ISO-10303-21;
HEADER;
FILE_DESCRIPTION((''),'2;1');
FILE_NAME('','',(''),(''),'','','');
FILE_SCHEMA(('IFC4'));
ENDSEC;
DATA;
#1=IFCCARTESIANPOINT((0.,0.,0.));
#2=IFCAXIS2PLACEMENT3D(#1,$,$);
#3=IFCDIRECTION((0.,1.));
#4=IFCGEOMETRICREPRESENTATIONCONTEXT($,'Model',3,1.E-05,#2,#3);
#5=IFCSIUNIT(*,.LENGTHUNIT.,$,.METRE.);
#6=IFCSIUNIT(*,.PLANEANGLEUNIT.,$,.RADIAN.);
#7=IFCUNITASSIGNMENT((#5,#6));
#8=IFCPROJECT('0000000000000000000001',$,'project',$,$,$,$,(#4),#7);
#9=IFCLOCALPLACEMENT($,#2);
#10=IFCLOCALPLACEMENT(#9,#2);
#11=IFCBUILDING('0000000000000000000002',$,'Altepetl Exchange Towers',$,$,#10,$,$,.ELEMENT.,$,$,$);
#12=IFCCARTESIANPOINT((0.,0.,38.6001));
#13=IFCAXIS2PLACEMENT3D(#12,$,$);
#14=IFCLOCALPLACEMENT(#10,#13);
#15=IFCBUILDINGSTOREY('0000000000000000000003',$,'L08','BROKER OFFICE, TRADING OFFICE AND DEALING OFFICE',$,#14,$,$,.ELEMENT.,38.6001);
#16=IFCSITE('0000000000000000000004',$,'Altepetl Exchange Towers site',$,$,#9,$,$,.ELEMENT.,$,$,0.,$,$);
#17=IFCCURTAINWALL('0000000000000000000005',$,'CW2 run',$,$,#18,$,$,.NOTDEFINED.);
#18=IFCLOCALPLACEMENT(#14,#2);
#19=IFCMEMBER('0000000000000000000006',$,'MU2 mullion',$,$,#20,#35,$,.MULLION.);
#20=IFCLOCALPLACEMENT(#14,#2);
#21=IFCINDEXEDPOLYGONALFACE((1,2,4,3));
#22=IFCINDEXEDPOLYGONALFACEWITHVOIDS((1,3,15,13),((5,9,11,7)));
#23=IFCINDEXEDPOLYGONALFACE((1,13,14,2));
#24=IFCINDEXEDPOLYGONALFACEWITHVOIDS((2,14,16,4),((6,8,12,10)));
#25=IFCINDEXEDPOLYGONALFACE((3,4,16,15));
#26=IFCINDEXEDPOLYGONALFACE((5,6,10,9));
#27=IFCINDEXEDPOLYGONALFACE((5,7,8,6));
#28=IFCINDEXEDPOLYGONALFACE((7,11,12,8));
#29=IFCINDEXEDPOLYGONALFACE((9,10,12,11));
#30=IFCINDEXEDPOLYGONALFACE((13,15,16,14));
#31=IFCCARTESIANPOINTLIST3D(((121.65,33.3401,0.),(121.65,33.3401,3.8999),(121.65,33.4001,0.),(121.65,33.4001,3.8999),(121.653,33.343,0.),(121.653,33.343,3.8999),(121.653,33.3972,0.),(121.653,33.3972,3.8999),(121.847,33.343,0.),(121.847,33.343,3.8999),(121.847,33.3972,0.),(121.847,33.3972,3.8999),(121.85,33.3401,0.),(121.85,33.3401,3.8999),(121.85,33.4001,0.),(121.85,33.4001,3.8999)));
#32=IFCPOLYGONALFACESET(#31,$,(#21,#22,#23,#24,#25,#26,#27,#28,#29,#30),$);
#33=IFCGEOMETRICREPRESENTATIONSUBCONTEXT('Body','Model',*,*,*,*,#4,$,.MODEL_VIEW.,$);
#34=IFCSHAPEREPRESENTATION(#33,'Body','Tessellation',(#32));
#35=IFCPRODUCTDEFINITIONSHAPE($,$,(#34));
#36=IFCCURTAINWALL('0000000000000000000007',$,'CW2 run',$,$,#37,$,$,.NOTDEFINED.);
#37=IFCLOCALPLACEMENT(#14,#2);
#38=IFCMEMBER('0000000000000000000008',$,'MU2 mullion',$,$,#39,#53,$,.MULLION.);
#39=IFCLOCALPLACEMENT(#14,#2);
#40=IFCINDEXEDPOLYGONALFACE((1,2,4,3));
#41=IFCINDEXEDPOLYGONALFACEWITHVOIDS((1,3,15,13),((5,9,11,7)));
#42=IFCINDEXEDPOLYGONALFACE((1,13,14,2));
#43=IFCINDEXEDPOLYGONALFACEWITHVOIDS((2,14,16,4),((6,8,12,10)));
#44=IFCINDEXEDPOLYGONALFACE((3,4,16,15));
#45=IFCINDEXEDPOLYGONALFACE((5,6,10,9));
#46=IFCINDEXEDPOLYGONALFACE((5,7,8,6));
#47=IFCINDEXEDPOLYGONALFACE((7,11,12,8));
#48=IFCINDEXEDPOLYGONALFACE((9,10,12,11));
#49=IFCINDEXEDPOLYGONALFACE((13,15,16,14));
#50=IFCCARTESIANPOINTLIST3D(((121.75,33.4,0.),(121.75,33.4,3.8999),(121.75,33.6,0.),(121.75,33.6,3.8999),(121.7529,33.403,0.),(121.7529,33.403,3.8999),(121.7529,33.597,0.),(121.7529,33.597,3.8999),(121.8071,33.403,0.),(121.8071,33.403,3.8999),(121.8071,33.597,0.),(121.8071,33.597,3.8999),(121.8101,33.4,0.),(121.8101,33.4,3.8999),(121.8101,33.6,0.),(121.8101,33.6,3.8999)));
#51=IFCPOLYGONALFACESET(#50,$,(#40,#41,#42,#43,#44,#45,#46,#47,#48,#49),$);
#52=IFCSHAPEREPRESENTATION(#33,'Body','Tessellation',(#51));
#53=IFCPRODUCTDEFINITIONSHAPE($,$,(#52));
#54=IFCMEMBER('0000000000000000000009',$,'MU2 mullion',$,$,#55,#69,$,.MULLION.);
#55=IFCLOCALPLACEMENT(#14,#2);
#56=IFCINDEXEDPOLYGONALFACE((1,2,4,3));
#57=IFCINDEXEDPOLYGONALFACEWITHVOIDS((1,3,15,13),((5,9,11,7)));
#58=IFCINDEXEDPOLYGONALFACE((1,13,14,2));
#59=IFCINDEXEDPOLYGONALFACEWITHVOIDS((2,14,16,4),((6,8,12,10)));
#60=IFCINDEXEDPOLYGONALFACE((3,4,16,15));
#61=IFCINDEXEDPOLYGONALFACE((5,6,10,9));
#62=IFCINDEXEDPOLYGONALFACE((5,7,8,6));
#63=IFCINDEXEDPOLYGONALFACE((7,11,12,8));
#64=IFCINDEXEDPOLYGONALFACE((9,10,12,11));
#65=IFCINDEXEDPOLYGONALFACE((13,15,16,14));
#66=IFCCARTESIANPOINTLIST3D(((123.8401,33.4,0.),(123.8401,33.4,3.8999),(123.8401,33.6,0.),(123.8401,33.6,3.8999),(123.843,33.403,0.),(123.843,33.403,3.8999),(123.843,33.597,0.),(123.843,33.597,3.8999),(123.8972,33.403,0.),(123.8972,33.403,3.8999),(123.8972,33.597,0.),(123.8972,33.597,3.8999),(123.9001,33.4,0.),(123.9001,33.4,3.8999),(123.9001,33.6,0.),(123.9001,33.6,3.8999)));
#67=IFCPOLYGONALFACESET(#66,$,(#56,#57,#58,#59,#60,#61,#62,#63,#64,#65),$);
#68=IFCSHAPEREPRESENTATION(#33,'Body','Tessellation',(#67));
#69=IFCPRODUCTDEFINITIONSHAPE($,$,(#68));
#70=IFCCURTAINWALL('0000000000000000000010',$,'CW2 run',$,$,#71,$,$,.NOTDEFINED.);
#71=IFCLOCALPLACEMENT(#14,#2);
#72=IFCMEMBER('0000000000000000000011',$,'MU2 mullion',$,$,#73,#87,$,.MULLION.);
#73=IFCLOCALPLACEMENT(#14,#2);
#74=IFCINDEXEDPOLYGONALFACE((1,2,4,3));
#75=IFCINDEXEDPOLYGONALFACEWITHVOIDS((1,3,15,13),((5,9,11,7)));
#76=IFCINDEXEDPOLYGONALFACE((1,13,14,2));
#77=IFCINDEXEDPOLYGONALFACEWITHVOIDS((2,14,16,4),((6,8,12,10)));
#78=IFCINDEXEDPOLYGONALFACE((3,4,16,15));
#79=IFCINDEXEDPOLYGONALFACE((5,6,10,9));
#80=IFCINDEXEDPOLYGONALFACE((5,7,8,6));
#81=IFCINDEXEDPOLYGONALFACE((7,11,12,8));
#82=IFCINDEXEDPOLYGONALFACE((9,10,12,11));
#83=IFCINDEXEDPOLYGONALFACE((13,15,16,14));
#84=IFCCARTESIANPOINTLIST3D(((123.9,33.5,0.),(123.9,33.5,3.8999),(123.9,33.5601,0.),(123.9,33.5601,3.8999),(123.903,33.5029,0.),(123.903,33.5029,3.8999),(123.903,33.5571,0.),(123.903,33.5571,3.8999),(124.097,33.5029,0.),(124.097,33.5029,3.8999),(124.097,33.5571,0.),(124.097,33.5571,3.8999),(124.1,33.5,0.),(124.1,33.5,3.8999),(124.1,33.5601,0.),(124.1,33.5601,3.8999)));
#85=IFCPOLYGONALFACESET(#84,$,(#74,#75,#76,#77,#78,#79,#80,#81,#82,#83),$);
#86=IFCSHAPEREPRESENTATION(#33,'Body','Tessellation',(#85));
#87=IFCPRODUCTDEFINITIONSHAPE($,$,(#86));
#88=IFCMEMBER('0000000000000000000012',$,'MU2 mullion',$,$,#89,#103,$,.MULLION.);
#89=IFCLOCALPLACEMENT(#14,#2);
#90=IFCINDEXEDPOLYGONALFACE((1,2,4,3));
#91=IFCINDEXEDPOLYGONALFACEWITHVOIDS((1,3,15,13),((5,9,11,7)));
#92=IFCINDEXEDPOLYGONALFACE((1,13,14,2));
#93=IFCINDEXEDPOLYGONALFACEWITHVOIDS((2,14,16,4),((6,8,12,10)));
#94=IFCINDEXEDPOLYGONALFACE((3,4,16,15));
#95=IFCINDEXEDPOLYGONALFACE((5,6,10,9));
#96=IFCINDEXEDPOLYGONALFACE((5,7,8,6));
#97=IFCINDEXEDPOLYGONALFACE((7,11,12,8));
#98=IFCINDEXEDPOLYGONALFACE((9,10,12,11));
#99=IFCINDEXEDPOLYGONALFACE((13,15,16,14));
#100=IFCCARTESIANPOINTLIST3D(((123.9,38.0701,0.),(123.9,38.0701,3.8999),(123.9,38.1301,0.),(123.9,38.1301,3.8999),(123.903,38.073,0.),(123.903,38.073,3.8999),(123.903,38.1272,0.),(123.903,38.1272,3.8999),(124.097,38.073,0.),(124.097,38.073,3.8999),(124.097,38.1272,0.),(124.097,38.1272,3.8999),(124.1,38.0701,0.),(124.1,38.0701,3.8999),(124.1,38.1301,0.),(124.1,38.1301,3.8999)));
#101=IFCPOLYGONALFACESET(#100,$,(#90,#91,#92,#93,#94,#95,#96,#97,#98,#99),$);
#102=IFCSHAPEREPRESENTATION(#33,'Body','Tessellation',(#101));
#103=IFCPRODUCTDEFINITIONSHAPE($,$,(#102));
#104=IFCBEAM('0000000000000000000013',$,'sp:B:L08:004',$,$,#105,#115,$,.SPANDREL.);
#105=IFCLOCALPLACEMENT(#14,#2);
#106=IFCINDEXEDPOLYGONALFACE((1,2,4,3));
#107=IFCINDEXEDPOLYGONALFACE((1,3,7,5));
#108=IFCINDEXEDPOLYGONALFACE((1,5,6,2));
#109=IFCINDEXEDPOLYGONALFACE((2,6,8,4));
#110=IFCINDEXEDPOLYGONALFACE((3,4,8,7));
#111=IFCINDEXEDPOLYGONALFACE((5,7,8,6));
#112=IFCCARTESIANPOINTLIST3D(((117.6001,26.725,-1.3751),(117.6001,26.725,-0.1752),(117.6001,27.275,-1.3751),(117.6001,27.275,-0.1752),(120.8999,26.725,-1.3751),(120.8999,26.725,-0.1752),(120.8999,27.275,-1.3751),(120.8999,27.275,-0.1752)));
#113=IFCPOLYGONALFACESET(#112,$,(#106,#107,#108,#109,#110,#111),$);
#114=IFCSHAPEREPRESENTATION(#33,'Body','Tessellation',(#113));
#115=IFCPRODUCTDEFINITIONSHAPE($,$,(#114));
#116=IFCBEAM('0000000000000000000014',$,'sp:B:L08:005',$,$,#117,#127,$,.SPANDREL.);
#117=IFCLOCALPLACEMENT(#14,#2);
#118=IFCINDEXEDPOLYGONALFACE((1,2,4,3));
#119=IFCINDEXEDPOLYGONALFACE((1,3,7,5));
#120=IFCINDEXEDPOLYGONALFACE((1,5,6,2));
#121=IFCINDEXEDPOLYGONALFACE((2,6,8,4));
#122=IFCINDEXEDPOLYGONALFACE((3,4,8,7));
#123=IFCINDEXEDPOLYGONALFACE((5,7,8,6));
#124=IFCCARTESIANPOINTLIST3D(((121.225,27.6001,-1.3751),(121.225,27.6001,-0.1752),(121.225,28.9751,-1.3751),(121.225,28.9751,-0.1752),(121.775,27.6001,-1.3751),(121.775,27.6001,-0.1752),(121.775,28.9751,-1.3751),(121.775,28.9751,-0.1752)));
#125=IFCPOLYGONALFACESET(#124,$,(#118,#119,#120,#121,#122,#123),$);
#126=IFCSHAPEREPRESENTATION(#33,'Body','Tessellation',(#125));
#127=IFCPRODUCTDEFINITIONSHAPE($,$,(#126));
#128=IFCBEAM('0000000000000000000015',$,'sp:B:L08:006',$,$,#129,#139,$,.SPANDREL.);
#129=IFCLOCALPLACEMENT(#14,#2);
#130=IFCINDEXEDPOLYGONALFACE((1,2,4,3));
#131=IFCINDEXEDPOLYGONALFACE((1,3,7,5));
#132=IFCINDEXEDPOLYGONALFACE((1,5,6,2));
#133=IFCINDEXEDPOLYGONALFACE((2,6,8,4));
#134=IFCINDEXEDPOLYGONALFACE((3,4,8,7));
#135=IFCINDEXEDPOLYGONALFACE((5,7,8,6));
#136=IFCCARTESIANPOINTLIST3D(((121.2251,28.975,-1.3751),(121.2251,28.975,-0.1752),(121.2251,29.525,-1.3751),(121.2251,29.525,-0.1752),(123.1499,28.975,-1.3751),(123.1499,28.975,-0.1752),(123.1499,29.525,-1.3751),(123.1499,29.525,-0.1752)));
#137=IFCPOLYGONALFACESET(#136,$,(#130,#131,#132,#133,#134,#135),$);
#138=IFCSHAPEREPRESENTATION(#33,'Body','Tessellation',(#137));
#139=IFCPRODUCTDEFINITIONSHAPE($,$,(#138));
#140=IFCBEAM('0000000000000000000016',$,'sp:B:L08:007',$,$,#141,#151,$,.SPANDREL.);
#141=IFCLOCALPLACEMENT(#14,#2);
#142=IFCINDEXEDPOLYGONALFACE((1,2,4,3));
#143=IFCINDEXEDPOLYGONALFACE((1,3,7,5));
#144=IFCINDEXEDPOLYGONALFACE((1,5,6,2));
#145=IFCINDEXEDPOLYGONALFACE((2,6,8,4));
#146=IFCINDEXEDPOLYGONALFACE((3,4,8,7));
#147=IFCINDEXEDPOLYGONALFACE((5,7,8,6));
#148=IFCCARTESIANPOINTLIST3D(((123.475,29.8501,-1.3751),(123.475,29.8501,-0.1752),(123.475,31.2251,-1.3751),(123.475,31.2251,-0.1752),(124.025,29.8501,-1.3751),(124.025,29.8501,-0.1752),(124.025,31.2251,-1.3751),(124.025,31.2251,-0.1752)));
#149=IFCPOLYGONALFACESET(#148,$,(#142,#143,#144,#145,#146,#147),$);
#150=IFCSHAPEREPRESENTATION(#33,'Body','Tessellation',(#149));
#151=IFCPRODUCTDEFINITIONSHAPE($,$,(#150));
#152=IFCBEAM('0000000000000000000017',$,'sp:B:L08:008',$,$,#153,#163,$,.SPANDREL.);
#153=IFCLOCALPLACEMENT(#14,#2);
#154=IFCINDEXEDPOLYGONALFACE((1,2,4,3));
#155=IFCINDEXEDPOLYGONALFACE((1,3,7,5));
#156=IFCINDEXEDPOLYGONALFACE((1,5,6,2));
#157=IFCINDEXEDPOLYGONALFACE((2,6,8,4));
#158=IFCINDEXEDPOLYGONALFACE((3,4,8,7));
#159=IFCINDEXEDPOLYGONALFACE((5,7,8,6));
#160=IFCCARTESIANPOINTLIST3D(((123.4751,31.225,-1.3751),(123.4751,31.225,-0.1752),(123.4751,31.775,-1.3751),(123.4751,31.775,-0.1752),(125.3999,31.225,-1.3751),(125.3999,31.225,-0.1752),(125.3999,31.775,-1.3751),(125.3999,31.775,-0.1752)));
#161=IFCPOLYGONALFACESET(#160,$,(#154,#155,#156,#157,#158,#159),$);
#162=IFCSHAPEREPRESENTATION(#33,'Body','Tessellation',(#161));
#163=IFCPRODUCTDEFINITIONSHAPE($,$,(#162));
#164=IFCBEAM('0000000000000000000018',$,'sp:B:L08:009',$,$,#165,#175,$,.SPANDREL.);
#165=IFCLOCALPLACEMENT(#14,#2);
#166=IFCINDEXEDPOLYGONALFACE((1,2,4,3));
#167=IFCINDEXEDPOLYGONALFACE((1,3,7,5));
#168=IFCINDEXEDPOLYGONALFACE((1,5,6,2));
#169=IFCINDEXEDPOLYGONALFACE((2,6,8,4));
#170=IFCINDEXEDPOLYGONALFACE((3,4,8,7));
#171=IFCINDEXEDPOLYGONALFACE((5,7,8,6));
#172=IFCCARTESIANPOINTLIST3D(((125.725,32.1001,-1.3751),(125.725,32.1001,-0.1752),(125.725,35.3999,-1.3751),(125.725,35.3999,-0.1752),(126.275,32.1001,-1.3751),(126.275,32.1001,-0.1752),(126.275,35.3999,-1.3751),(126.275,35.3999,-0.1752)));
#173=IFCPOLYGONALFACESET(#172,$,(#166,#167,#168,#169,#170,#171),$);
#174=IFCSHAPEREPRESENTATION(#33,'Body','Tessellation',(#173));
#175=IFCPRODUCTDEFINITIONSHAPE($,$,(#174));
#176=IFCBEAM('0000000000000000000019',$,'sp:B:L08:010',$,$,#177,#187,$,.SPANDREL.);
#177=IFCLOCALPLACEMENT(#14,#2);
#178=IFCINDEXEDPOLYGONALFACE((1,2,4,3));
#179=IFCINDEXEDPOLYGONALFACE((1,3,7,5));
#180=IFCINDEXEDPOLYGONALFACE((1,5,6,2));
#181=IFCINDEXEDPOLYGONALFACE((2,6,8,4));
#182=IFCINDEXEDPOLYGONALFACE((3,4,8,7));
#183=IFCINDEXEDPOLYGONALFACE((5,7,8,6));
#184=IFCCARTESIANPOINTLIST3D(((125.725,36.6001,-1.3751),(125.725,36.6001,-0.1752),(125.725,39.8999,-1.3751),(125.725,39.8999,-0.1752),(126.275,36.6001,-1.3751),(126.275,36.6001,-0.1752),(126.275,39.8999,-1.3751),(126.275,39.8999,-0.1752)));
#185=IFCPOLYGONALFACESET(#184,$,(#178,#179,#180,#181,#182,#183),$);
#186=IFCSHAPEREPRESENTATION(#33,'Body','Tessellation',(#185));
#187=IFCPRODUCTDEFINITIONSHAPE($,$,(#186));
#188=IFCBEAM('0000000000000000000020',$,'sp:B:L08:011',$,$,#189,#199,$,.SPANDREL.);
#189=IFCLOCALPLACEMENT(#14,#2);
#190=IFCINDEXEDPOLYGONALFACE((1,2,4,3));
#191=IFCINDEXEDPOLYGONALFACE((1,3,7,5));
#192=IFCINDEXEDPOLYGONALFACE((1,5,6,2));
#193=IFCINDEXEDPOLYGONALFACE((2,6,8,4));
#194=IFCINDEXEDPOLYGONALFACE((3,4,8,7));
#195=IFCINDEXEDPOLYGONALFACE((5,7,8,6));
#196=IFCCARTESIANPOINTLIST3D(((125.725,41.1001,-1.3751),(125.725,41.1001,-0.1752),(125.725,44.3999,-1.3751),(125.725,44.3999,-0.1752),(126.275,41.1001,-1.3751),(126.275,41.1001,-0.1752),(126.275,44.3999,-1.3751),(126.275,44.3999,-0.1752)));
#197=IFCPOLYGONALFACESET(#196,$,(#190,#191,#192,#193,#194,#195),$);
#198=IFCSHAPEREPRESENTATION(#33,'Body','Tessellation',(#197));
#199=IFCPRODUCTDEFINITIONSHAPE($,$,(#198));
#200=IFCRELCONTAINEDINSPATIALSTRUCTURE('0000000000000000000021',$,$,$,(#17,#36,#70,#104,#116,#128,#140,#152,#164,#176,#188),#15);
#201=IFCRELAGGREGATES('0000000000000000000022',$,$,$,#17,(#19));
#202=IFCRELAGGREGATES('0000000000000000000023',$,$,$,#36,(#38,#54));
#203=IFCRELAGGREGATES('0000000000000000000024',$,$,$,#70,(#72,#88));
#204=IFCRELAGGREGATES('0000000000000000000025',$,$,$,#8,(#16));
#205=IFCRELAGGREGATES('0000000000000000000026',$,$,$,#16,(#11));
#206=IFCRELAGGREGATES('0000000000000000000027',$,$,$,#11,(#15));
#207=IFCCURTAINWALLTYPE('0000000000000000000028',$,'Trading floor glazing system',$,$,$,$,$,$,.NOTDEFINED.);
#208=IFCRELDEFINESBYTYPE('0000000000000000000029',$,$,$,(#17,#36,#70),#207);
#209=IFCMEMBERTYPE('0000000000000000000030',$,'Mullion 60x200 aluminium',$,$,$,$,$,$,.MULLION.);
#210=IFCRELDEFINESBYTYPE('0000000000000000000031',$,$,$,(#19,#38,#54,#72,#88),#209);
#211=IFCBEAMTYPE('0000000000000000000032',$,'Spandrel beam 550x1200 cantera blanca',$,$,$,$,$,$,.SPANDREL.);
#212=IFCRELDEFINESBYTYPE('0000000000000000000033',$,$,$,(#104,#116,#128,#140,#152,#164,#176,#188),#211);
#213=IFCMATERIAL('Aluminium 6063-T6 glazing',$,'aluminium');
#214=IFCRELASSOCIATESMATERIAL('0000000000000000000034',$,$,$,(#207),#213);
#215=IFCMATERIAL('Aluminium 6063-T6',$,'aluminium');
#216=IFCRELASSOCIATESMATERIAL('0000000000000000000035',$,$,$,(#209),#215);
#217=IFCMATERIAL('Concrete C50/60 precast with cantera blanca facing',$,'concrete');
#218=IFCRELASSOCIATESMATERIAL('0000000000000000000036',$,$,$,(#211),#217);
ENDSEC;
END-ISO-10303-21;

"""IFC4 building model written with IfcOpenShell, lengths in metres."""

from ifc_helpers import new_model, si_unit, direction, frame, origin, origin_2d, place, context, subcontext, project, spatial, rectangle, hollow_rectangle, extrude, material, material_profile, profile_set, type_object, element, aggregate, save


model = new_model("IFC4")

# Units and contexts
model_context = context("Model", 3, precision=1e-05, world=origin(), true_north=direction((0.0, 1.0)))
body_context = subcontext(model_context, "Body", "Model", "MODEL_VIEW")
ifc_project = project(units=[si_unit("LENGTHUNIT", "METRE"), si_unit("PLANEANGLEUNIT", "RADIAN")], contexts=[model_context])

# Site, building, storey
site_placement = place(None, origin())
site = spatial("IfcSite", under=ifc_project, at=site_placement, Name="Altepetl Exchange Towers site", CompositionType="ELEMENT", RefElevation=0.0)
building_placement = place(site_placement, origin())
building = spatial("IfcBuilding", under=site, at=building_placement, Name="Altepetl Exchange Towers", CompositionType="ELEMENT")
storey_placement = place(building_placement, frame((0.0, 0.0, 38.6001)))
storey = spatial("IfcBuildingStorey", under=building, at=storey_placement, Name="L08", Description="BROKER OFFICE, TRADING OFFICE AND DEALING OFFICE", CompositionType="ELEMENT", Elevation=38.6001)

# Shared definitions
ifc_material_1 = material(Name="Aluminium 6063-T6 glazing", Category="aluminium")
curtain_wall_type = type_object("IfcCurtainWallType", Name="Trading floor glazing system", PredefinedType="NOTDEFINED", material=ifc_material_1)
ifc_material_2 = material(Name="Aluminium 6063-T6", Category="aluminium")
ifc_material_profile_1 = material_profile(ifc_material_2, hollow_rectangle(XDim=0.0601, YDim=0.2, WallThickness=0.0029, at=origin_2d()), Name="Mullion 60x200 aluminium")
ifc_profile_set_1 = profile_set([ifc_material_profile_1], Name="Aluminium 6063-T6")
member_type = type_object("IfcMemberType", Name="Mullion 60x200 aluminium", PredefinedType="MULLION", material=ifc_profile_set_1)

# Curtain walls, members
curtain_wall_1_placement = place(storey_placement, origin())
curtain_wall_1 = element("IfcCurtainWall", 1, at=curtain_wall_1_placement, inside=storey, type_object=curtain_wall_type, Name="CW2 run", PredefinedType="NOTDEFINED")
member_1_placement = place(storey_placement, frame((121.75, 33.3701, 0.0), z_axis=(0.0, 0.0, 1.0), x_axis=(0.0, 1.0, 0.0)))
member_1 = element("IfcMember", 2, at=member_1_placement, type_object=member_type, Name="MU2 mullion", PredefinedType="MULLION", context=body_context, shape_type="SweptSolid", body=[
    extrude(hollow_rectangle(XDim=0.0601, YDim=0.2, WallThickness=0.0029, at=origin_2d()), origin(), (0.0, 0.0, 1.0), 3.8999),
])
curtain_wall_2_placement = place(storey_placement, origin())
curtain_wall_2 = element("IfcCurtainWall", 3, at=curtain_wall_2_placement, inside=storey, type_object=curtain_wall_type, Name="CW2 run", PredefinedType="NOTDEFINED")
member_2_placement = place(storey_placement, frame((121.78, 33.5, 0.0)))
member_2 = element("IfcMember", 4, at=member_2_placement, type_object=member_type, Name="MU2 mullion", PredefinedType="MULLION", context=body_context, shape_type="SweptSolid", body=[
    extrude(hollow_rectangle(XDim=0.0601, YDim=0.2, WallThickness=0.0029, at=origin_2d()), origin(), (0.0, 0.0, 1.0), 3.8999),
])
member_3_placement = place(storey_placement, frame((123.8701, 33.5, 0.0)))
member_3 = element("IfcMember", 5, at=member_3_placement, type_object=member_type, Name="MU2 mullion", PredefinedType="MULLION", context=body_context, shape_type="SweptSolid", body=[
    extrude(hollow_rectangle(XDim=0.0601, YDim=0.2, WallThickness=0.0029, at=origin_2d()), origin(), (0.0, 0.0, 1.0), 3.8999),
])
curtain_wall_3_placement = place(storey_placement, origin())
curtain_wall_3 = element("IfcCurtainWall", 6, at=curtain_wall_3_placement, inside=storey, type_object=curtain_wall_type, Name="CW2 run", PredefinedType="NOTDEFINED")
member_4_placement = place(storey_placement, frame((124.0, 33.53, 0.0), z_axis=(0.0, 0.0, 1.0), x_axis=(0.0, 1.0, 0.0)))
member_4 = element("IfcMember", 7, at=member_4_placement, type_object=member_type, Name="MU2 mullion", PredefinedType="MULLION", context=body_context, shape_type="SweptSolid", body=[
    extrude(hollow_rectangle(XDim=0.0601, YDim=0.2, WallThickness=0.0029, at=origin_2d()), origin(), (0.0, 0.0, 1.0), 3.8999),
])
member_5_placement = place(storey_placement, frame((124.0, 38.1001, 0.0), z_axis=(0.0, 0.0, 1.0), x_axis=(0.0, 1.0, 0.0)))
member_5 = element("IfcMember", 8, at=member_5_placement, type_object=member_type, Name="MU2 mullion", PredefinedType="MULLION", context=body_context, shape_type="SweptSolid", body=[
    extrude(hollow_rectangle(XDim=0.0601, YDim=0.2, WallThickness=0.0029, at=origin_2d()), origin(), (0.0, 0.0, 1.0), 3.8999),
])

# Beams
ifc_material_3 = material(Name="Concrete C50/60 precast with cantera blanca facing", Category="concrete")
ifc_material_profile_2 = material_profile(ifc_material_3, rectangle(XDim=0.55, YDim=1.2, at=origin_2d()), Name="550 x 1200")
ifc_profile_set_2 = profile_set([ifc_material_profile_2], Name="Concrete C50/60 precast with cantera blanca facing")
beam_type_1 = type_object("IfcBeamType", Name="Spandrel beam 550x1200 cantera blanca", PredefinedType="SPANDREL", material=ifc_profile_set_2)
beam_1_placement = place(storey_placement, frame((117.6001, 27.0, -0.7751), z_axis=(1.0, 0.0, 0.0), x_axis=(0.0, 1.0, 0.0)))
element("IfcBeam", 9, at=beam_1_placement, inside=storey, type_object=beam_type_1, Name="sp:B:L08:004", PredefinedType="SPANDREL", context=body_context, shape_type="SweptSolid", body=[
    extrude(rectangle(XDim=0.55, YDim=1.2, at=origin_2d()), origin(), (0.0, 0.0, 1.0), 3.2998),
])
beam_2_placement = place(storey_placement, frame((121.5, 27.6001, -0.7751), z_axis=(0.0, 1.0, 0.0), x_axis=(-1.0, 0.0, 0.0)))
element("IfcBeam", 10, at=beam_2_placement, inside=storey, type_object=beam_type_1, Name="sp:B:L08:005", PredefinedType="SPANDREL", context=body_context, shape_type="SweptSolid", body=[
    extrude(rectangle(XDim=0.55, YDim=1.2, at=origin_2d()), origin(), (0.0, 0.0, 1.0), 1.375),
])
beam_3_placement = place(storey_placement, frame((121.2251, 29.25, -0.7751), z_axis=(1.0, 0.0, 0.0), x_axis=(0.0, 1.0, 0.0)))
element("IfcBeam", 11, at=beam_3_placement, inside=storey, type_object=beam_type_1, Name="sp:B:L08:006", PredefinedType="SPANDREL", context=body_context, shape_type="SweptSolid", body=[
    extrude(rectangle(XDim=0.55, YDim=1.2, at=origin_2d()), origin(), (0.0, 0.0, 1.0), 1.9248),
])
beam_4_placement = place(storey_placement, frame((123.75, 29.8501, -0.7751), z_axis=(0.0, 1.0, 0.0), x_axis=(-1.0, 0.0, 0.0)))
element("IfcBeam", 12, at=beam_4_placement, inside=storey, type_object=beam_type_1, Name="sp:B:L08:007", PredefinedType="SPANDREL", context=body_context, shape_type="SweptSolid", body=[
    extrude(rectangle(XDim=0.55, YDim=1.2, at=origin_2d()), origin(), (0.0, 0.0, 1.0), 1.375),
])
beam_5_placement = place(storey_placement, frame((123.4751, 31.5, -0.7751), z_axis=(1.0, 0.0, 0.0), x_axis=(0.0, 1.0, 0.0)))
element("IfcBeam", 13, at=beam_5_placement, inside=storey, type_object=beam_type_1, Name="sp:B:L08:008", PredefinedType="SPANDREL", context=body_context, shape_type="SweptSolid", body=[
    extrude(rectangle(XDim=0.55, YDim=1.2, at=origin_2d()), origin(), (0.0, 0.0, 1.0), 1.9248),
])
for number, where, z_axis, x_axis, name in (
    (14, (126.0, 32.1001, -0.7751), (0.0, 1.0, 0.0), (-1.0, 0.0, 0.0), "sp:B:L08:009"),
    (15, (126.0, 36.6001, -0.7751), (0.0, 1.0, 0.0), (-1.0, 0.0, 0.0), "sp:B:L08:010"),
    (16, (126.0, 41.1001, -0.7751), (0.0, 1.0, 0.0), (-1.0, 0.0, 0.0), "sp:B:L08:011"),
):
    element("IfcBeam", number, at=place(storey_placement, frame(where, z_axis=z_axis, x_axis=x_axis)), inside=storey, type_object=beam_type_1, Name=name, PredefinedType="SPANDREL", context=body_context, shape_type="SweptSolid", body=[
        extrude(rectangle(XDim=0.55, YDim=1.2, at=origin_2d()), origin(), (0.0, 0.0, 1.0), 3.2998),
    ])

aggregate(curtain_wall_1, [member_1])
aggregate(curtain_wall_2, [member_2, member_3])
aggregate(curtain_wall_3, [member_4, member_5])

save(model, "model.ifc")
